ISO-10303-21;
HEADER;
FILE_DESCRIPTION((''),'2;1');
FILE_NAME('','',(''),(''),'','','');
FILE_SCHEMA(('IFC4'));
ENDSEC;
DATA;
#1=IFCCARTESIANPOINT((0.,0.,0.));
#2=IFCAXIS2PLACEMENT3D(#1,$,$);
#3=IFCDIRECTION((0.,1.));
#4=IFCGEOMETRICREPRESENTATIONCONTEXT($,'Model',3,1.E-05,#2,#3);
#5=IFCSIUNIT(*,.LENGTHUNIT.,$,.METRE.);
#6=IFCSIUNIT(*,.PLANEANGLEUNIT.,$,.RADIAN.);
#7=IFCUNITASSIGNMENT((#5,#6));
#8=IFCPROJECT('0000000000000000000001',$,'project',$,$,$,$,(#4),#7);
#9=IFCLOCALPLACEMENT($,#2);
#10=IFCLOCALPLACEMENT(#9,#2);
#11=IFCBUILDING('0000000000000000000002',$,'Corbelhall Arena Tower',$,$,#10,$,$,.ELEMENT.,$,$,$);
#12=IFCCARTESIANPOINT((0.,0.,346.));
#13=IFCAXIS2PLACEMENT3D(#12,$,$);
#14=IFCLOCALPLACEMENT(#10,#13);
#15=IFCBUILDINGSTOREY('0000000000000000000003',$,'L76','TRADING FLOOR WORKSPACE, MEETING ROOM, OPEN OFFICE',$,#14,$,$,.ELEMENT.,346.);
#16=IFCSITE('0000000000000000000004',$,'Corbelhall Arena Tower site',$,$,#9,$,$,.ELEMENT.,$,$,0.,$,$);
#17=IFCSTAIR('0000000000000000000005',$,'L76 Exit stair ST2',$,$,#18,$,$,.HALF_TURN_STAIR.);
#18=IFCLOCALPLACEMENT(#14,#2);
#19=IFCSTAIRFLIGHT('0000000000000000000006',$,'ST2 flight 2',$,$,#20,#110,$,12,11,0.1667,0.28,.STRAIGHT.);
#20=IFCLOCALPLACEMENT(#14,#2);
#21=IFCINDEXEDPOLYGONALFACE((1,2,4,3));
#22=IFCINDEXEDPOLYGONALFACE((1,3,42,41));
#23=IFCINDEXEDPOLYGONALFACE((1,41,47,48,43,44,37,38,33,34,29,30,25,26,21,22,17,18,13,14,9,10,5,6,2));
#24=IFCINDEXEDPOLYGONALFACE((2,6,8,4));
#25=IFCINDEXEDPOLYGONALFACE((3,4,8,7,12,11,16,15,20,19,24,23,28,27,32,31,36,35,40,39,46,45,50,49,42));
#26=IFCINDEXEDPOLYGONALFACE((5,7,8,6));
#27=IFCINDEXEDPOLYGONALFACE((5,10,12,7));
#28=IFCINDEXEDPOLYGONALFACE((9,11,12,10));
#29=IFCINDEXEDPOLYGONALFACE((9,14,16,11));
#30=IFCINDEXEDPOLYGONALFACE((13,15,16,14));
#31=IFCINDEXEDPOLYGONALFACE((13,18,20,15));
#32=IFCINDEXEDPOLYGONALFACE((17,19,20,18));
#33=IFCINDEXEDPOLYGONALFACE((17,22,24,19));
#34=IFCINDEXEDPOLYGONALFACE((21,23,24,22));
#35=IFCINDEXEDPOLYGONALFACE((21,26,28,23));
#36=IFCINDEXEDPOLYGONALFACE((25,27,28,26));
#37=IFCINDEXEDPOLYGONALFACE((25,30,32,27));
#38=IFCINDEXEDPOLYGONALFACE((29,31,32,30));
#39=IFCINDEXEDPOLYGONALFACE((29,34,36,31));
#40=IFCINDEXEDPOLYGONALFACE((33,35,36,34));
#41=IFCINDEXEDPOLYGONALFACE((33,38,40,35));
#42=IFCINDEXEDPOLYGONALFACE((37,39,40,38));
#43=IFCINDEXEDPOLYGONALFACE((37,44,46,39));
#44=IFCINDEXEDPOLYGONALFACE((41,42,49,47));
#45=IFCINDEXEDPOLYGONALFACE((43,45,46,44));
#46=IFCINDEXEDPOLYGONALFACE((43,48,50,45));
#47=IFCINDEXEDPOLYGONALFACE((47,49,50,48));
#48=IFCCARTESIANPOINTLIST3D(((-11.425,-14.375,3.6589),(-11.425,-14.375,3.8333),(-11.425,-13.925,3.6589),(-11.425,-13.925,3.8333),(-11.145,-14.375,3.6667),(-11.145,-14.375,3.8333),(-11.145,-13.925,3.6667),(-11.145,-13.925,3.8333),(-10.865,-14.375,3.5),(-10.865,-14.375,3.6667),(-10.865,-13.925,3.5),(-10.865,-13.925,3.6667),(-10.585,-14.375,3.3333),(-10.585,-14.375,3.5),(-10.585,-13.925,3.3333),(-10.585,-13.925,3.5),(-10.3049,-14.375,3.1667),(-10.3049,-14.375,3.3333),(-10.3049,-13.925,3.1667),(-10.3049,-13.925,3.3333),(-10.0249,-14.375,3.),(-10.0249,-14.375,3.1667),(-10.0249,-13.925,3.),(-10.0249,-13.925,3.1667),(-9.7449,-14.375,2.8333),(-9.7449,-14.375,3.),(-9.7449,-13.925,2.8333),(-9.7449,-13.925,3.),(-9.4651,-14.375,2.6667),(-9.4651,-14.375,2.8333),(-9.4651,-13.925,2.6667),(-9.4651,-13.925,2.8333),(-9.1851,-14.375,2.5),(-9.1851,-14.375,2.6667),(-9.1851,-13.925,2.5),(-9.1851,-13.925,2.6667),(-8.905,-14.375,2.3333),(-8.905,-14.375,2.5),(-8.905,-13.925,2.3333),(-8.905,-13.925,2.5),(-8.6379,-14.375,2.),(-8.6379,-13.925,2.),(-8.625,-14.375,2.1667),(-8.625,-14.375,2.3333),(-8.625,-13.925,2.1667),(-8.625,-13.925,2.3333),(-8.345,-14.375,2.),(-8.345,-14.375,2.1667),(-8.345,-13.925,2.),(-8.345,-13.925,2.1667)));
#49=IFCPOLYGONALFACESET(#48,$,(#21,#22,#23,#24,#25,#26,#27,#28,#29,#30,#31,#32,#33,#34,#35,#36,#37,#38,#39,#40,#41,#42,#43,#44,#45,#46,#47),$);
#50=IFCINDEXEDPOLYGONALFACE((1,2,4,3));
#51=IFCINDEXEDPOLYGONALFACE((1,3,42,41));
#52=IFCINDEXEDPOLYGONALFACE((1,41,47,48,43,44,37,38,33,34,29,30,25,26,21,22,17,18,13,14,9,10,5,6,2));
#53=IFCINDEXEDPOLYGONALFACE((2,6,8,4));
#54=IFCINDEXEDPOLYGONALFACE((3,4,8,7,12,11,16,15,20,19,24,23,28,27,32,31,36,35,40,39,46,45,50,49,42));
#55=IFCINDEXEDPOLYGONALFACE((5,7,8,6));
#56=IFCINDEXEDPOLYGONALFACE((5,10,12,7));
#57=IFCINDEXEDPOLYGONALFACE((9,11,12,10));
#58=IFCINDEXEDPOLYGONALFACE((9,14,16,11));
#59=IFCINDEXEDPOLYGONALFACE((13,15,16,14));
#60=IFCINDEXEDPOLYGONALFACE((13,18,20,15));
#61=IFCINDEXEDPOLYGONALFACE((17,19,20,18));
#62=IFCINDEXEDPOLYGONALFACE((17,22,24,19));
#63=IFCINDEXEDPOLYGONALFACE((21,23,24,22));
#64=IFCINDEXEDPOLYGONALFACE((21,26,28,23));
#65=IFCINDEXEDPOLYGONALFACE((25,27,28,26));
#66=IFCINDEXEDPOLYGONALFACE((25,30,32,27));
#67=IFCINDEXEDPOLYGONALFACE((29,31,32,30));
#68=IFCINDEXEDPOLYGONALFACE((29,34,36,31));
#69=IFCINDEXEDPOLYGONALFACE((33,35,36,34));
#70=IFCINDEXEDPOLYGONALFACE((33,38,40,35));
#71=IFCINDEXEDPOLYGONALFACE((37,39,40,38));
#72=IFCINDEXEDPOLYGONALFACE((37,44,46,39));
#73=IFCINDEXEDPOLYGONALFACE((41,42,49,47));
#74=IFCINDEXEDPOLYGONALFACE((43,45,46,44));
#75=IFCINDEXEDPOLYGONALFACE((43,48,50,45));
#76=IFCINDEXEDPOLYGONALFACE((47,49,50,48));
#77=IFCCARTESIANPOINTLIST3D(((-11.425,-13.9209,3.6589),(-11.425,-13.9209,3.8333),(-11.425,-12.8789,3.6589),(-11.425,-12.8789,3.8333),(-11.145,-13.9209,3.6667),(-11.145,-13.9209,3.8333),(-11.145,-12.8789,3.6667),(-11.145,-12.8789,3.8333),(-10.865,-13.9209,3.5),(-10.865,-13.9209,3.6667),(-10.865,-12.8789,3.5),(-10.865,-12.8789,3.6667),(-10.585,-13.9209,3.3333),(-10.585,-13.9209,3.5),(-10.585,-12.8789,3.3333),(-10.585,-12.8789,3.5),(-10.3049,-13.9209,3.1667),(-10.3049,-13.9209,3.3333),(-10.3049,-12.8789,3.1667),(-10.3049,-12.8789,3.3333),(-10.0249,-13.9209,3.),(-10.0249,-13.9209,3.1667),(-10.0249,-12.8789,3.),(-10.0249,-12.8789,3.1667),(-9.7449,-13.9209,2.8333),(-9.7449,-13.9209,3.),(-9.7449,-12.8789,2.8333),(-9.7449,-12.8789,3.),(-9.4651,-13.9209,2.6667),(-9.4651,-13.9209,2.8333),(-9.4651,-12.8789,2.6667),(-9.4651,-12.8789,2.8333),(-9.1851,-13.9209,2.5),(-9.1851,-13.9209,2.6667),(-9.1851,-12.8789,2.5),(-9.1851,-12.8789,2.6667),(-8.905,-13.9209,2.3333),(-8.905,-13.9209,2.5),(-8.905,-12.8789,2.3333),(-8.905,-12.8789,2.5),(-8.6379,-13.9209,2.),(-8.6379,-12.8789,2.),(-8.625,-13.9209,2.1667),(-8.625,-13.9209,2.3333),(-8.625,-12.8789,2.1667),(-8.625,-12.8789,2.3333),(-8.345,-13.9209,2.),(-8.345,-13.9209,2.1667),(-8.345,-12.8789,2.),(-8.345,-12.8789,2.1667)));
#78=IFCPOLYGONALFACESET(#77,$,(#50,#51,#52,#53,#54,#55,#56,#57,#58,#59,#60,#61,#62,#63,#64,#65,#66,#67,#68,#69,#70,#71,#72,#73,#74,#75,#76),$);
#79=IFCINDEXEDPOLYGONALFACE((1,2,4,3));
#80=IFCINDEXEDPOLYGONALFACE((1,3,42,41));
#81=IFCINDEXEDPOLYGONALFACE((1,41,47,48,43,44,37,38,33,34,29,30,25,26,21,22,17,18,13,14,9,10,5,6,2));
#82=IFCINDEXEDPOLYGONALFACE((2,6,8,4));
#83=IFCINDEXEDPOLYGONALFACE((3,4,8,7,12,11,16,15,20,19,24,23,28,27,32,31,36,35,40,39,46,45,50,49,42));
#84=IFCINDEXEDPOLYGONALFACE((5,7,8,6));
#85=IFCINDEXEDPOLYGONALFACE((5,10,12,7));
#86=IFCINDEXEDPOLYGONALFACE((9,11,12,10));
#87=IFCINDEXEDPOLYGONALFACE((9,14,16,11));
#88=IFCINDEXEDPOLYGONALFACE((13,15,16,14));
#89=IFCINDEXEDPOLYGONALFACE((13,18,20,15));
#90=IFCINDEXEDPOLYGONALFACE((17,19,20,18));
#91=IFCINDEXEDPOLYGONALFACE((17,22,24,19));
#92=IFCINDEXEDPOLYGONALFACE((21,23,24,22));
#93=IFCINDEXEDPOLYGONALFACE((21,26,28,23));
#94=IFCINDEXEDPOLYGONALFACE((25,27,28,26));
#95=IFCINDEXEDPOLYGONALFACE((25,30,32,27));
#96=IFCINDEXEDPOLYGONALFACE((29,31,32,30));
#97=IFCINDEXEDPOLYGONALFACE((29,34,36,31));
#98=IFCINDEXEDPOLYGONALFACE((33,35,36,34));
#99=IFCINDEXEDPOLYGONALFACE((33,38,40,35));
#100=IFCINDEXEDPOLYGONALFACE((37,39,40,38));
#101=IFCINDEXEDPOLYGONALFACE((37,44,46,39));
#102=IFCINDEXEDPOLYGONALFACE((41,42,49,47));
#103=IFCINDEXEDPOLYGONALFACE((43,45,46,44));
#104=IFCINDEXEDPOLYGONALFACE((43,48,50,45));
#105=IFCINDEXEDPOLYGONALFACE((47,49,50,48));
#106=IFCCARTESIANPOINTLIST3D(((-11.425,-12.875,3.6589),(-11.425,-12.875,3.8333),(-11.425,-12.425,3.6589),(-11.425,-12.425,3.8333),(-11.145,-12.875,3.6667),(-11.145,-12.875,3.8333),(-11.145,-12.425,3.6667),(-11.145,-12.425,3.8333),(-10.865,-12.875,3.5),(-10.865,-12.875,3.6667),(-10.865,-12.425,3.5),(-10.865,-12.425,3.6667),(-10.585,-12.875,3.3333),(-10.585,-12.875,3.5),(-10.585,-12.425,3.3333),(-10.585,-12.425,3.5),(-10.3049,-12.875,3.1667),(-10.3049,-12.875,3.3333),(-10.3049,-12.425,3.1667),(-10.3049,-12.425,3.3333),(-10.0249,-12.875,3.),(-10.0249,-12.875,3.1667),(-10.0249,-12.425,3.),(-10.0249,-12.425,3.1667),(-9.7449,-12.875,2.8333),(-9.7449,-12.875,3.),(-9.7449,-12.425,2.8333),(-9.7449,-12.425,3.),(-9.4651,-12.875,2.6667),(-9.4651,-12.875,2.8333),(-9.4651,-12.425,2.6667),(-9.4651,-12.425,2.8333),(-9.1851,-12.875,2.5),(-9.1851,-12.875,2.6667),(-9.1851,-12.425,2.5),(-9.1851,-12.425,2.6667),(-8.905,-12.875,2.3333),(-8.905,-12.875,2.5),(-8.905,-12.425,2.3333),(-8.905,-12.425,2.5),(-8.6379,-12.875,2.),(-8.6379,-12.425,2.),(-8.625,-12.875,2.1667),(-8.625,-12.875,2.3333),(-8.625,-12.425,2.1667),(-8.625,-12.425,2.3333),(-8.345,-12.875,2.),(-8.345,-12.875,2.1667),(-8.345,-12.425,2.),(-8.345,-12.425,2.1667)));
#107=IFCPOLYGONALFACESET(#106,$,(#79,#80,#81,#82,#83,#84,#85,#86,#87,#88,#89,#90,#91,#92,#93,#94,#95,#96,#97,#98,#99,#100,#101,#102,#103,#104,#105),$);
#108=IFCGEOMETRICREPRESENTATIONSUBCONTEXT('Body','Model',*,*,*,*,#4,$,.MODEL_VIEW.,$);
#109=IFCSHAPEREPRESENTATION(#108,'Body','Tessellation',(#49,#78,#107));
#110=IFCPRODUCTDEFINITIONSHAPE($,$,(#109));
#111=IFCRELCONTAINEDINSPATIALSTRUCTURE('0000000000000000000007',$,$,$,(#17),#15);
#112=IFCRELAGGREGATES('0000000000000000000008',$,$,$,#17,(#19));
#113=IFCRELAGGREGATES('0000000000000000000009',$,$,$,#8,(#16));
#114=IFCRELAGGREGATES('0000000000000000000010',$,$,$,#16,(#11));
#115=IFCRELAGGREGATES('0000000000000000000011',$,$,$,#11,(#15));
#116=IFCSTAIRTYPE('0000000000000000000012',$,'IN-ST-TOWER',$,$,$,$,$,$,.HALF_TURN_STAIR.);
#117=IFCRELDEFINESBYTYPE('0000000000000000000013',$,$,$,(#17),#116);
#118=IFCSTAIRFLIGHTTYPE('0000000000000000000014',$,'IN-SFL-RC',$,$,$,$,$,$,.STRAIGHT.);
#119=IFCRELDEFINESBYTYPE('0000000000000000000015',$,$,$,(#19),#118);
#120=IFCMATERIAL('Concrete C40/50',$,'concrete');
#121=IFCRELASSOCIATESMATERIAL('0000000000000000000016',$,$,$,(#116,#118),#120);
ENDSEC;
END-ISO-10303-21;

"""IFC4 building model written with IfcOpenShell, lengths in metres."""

from ifc_helpers import new_model, si_unit, direction, frame, origin, place, context, subcontext, project, spatial, polyline, outline, extrude, material, type_object, element, aggregate, save


model = new_model("IFC4")

# Units and contexts
model_context = context("Model", 3, precision=1e-05, world=origin(), true_north=direction((0.0, 1.0)))
body_context = subcontext(model_context, "Body", "Model", "MODEL_VIEW")
ifc_project = project(units=[si_unit("LENGTHUNIT", "METRE"), si_unit("PLANEANGLEUNIT", "RADIAN")], contexts=[model_context])

# Site, building, storey
site_placement = place(None, origin())
site = spatial("IfcSite", under=ifc_project, at=site_placement, Name="Corbelhall Arena Tower site", CompositionType="ELEMENT", RefElevation=0.0)
building_placement = place(site_placement, origin())
building = spatial("IfcBuilding", under=site, at=building_placement, Name="Corbelhall Arena Tower", CompositionType="ELEMENT")
storey_placement = place(building_placement, frame((0.0, 0.0, 346.0)))
storey = spatial("IfcBuildingStorey", under=building, at=storey_placement, Name="L76", Description="TRADING FLOOR WORKSPACE, MEETING ROOM, OPEN OFFICE", CompositionType="ELEMENT", Elevation=346.0)

# Shared definitions
ifc_material_1 = material(Name="Concrete C40/50", Category="concrete")

# Stair, stair flight
stair_type = type_object("IfcStairType", Name="IN-ST-TOWER", PredefinedType="HALF_TURN_STAIR", material=ifc_material_1)
stair_placement = place(storey_placement, origin())
stair = element("IfcStair", 1, at=stair_placement, inside=storey, type_object=stair_type, Name="L76 Exit stair ST2", PredefinedType="HALF_TURN_STAIR")
stair_flight_type = type_object("IfcStairFlightType", Name="IN-SFL-RC", PredefinedType="STRAIGHT", material=ifc_material_1)
stair_flight_1_placement = place(storey_placement, frame((-8.345, -13.3999, 2.0), z_axis=(0.0, 0.0, 1.0), x_axis=(-1.0, 0.0, 0.0)))
stair_flight_1 = element("IfcStairFlight", 2, at=stair_flight_1_placement, type_object=stair_flight_type, Name="ST2 flight 2", NumberOfRisers=12, NumberOfTreads=11, PredefinedType="STRAIGHT", RiserHeight=0.1667, TreadLength=0.28, context=body_context, shape_type="SweptSolid", body=[
    extrude(outline(polyline([(0.0, 0.0), (0.0, 0.1667), (0.28, 0.1667), (0.28, 0.3333), (0.5601, 0.3333), (0.5601, 0.5), (0.8401, 0.5), (0.8401, 0.6667), (1.1201, 0.6667), (1.1201, 0.8333), (1.3999, 0.8333), (1.3999, 1.0), (1.6799, 1.0), (1.6799, 1.1667), (1.96, 1.1667), (1.96, 1.3333), (2.24, 1.3333), (2.24, 1.5), (2.52, 1.5), (2.52, 1.6667), (2.8, 1.6667), (2.8, 1.8333), (3.0801, 1.8333), (3.0801, 2.0), (3.0801, 1.6589), (0.293, 0.0), (0.0, 0.0)])), frame((0.0, 0.9751, 0.0), z_axis=(0.0, -1.0, 0.0), x_axis=(1.0, 0.0, 0.0)), (0.0, 0.0, 1.0), 0.45),
    extrude(outline(polyline([(0.0, 0.0), (0.0, 0.1667), (0.28, 0.1667), (0.28, 0.3333), (0.5601, 0.3333), (0.5601, 0.5), (0.8401, 0.5), (0.8401, 0.6667), (1.1201, 0.6667), (1.1201, 0.8333), (1.3999, 0.8333), (1.3999, 1.0), (1.6799, 1.0), (1.6799, 1.1667), (1.96, 1.1667), (1.96, 1.3333), (2.24, 1.3333), (2.24, 1.5), (2.52, 1.5), (2.52, 1.6667), (2.8, 1.6667), (2.8, 1.8333), (3.0801, 1.8333), (3.0801, 2.0), (3.0801, 1.6589), (0.293, 0.0), (0.0, 0.0)])), frame((0.0, 0.521, 0.0), z_axis=(0.0, -1.0, 0.0), x_axis=(1.0, 0.0, 0.0)), (0.0, 0.0, 1.0), 1.042),
    extrude(outline(polyline([(0.0, 0.0), (0.0, 0.1667), (0.28, 0.1667), (0.28, 0.3333), (0.5601, 0.3333), (0.5601, 0.5), (0.8401, 0.5), (0.8401, 0.6667), (1.1201, 0.6667), (1.1201, 0.8333), (1.3999, 0.8333), (1.3999, 1.0), (1.6799, 1.0), (1.6799, 1.1667), (1.96, 1.1667), (1.96, 1.3333), (2.24, 1.3333), (2.24, 1.5), (2.52, 1.5), (2.52, 1.6667), (2.8, 1.6667), (2.8, 1.8333), (3.0801, 1.8333), (3.0801, 2.0), (3.0801, 1.6589), (0.293, 0.0), (0.0, 0.0)])), frame((0.0, -0.5249, 0.0), z_axis=(0.0, -1.0, 0.0), x_axis=(1.0, 0.0, 0.0)), (0.0, 0.0, 1.0), 0.45),
])
aggregate(stair, [stair_flight_1])

save(model, "model.ifc")
